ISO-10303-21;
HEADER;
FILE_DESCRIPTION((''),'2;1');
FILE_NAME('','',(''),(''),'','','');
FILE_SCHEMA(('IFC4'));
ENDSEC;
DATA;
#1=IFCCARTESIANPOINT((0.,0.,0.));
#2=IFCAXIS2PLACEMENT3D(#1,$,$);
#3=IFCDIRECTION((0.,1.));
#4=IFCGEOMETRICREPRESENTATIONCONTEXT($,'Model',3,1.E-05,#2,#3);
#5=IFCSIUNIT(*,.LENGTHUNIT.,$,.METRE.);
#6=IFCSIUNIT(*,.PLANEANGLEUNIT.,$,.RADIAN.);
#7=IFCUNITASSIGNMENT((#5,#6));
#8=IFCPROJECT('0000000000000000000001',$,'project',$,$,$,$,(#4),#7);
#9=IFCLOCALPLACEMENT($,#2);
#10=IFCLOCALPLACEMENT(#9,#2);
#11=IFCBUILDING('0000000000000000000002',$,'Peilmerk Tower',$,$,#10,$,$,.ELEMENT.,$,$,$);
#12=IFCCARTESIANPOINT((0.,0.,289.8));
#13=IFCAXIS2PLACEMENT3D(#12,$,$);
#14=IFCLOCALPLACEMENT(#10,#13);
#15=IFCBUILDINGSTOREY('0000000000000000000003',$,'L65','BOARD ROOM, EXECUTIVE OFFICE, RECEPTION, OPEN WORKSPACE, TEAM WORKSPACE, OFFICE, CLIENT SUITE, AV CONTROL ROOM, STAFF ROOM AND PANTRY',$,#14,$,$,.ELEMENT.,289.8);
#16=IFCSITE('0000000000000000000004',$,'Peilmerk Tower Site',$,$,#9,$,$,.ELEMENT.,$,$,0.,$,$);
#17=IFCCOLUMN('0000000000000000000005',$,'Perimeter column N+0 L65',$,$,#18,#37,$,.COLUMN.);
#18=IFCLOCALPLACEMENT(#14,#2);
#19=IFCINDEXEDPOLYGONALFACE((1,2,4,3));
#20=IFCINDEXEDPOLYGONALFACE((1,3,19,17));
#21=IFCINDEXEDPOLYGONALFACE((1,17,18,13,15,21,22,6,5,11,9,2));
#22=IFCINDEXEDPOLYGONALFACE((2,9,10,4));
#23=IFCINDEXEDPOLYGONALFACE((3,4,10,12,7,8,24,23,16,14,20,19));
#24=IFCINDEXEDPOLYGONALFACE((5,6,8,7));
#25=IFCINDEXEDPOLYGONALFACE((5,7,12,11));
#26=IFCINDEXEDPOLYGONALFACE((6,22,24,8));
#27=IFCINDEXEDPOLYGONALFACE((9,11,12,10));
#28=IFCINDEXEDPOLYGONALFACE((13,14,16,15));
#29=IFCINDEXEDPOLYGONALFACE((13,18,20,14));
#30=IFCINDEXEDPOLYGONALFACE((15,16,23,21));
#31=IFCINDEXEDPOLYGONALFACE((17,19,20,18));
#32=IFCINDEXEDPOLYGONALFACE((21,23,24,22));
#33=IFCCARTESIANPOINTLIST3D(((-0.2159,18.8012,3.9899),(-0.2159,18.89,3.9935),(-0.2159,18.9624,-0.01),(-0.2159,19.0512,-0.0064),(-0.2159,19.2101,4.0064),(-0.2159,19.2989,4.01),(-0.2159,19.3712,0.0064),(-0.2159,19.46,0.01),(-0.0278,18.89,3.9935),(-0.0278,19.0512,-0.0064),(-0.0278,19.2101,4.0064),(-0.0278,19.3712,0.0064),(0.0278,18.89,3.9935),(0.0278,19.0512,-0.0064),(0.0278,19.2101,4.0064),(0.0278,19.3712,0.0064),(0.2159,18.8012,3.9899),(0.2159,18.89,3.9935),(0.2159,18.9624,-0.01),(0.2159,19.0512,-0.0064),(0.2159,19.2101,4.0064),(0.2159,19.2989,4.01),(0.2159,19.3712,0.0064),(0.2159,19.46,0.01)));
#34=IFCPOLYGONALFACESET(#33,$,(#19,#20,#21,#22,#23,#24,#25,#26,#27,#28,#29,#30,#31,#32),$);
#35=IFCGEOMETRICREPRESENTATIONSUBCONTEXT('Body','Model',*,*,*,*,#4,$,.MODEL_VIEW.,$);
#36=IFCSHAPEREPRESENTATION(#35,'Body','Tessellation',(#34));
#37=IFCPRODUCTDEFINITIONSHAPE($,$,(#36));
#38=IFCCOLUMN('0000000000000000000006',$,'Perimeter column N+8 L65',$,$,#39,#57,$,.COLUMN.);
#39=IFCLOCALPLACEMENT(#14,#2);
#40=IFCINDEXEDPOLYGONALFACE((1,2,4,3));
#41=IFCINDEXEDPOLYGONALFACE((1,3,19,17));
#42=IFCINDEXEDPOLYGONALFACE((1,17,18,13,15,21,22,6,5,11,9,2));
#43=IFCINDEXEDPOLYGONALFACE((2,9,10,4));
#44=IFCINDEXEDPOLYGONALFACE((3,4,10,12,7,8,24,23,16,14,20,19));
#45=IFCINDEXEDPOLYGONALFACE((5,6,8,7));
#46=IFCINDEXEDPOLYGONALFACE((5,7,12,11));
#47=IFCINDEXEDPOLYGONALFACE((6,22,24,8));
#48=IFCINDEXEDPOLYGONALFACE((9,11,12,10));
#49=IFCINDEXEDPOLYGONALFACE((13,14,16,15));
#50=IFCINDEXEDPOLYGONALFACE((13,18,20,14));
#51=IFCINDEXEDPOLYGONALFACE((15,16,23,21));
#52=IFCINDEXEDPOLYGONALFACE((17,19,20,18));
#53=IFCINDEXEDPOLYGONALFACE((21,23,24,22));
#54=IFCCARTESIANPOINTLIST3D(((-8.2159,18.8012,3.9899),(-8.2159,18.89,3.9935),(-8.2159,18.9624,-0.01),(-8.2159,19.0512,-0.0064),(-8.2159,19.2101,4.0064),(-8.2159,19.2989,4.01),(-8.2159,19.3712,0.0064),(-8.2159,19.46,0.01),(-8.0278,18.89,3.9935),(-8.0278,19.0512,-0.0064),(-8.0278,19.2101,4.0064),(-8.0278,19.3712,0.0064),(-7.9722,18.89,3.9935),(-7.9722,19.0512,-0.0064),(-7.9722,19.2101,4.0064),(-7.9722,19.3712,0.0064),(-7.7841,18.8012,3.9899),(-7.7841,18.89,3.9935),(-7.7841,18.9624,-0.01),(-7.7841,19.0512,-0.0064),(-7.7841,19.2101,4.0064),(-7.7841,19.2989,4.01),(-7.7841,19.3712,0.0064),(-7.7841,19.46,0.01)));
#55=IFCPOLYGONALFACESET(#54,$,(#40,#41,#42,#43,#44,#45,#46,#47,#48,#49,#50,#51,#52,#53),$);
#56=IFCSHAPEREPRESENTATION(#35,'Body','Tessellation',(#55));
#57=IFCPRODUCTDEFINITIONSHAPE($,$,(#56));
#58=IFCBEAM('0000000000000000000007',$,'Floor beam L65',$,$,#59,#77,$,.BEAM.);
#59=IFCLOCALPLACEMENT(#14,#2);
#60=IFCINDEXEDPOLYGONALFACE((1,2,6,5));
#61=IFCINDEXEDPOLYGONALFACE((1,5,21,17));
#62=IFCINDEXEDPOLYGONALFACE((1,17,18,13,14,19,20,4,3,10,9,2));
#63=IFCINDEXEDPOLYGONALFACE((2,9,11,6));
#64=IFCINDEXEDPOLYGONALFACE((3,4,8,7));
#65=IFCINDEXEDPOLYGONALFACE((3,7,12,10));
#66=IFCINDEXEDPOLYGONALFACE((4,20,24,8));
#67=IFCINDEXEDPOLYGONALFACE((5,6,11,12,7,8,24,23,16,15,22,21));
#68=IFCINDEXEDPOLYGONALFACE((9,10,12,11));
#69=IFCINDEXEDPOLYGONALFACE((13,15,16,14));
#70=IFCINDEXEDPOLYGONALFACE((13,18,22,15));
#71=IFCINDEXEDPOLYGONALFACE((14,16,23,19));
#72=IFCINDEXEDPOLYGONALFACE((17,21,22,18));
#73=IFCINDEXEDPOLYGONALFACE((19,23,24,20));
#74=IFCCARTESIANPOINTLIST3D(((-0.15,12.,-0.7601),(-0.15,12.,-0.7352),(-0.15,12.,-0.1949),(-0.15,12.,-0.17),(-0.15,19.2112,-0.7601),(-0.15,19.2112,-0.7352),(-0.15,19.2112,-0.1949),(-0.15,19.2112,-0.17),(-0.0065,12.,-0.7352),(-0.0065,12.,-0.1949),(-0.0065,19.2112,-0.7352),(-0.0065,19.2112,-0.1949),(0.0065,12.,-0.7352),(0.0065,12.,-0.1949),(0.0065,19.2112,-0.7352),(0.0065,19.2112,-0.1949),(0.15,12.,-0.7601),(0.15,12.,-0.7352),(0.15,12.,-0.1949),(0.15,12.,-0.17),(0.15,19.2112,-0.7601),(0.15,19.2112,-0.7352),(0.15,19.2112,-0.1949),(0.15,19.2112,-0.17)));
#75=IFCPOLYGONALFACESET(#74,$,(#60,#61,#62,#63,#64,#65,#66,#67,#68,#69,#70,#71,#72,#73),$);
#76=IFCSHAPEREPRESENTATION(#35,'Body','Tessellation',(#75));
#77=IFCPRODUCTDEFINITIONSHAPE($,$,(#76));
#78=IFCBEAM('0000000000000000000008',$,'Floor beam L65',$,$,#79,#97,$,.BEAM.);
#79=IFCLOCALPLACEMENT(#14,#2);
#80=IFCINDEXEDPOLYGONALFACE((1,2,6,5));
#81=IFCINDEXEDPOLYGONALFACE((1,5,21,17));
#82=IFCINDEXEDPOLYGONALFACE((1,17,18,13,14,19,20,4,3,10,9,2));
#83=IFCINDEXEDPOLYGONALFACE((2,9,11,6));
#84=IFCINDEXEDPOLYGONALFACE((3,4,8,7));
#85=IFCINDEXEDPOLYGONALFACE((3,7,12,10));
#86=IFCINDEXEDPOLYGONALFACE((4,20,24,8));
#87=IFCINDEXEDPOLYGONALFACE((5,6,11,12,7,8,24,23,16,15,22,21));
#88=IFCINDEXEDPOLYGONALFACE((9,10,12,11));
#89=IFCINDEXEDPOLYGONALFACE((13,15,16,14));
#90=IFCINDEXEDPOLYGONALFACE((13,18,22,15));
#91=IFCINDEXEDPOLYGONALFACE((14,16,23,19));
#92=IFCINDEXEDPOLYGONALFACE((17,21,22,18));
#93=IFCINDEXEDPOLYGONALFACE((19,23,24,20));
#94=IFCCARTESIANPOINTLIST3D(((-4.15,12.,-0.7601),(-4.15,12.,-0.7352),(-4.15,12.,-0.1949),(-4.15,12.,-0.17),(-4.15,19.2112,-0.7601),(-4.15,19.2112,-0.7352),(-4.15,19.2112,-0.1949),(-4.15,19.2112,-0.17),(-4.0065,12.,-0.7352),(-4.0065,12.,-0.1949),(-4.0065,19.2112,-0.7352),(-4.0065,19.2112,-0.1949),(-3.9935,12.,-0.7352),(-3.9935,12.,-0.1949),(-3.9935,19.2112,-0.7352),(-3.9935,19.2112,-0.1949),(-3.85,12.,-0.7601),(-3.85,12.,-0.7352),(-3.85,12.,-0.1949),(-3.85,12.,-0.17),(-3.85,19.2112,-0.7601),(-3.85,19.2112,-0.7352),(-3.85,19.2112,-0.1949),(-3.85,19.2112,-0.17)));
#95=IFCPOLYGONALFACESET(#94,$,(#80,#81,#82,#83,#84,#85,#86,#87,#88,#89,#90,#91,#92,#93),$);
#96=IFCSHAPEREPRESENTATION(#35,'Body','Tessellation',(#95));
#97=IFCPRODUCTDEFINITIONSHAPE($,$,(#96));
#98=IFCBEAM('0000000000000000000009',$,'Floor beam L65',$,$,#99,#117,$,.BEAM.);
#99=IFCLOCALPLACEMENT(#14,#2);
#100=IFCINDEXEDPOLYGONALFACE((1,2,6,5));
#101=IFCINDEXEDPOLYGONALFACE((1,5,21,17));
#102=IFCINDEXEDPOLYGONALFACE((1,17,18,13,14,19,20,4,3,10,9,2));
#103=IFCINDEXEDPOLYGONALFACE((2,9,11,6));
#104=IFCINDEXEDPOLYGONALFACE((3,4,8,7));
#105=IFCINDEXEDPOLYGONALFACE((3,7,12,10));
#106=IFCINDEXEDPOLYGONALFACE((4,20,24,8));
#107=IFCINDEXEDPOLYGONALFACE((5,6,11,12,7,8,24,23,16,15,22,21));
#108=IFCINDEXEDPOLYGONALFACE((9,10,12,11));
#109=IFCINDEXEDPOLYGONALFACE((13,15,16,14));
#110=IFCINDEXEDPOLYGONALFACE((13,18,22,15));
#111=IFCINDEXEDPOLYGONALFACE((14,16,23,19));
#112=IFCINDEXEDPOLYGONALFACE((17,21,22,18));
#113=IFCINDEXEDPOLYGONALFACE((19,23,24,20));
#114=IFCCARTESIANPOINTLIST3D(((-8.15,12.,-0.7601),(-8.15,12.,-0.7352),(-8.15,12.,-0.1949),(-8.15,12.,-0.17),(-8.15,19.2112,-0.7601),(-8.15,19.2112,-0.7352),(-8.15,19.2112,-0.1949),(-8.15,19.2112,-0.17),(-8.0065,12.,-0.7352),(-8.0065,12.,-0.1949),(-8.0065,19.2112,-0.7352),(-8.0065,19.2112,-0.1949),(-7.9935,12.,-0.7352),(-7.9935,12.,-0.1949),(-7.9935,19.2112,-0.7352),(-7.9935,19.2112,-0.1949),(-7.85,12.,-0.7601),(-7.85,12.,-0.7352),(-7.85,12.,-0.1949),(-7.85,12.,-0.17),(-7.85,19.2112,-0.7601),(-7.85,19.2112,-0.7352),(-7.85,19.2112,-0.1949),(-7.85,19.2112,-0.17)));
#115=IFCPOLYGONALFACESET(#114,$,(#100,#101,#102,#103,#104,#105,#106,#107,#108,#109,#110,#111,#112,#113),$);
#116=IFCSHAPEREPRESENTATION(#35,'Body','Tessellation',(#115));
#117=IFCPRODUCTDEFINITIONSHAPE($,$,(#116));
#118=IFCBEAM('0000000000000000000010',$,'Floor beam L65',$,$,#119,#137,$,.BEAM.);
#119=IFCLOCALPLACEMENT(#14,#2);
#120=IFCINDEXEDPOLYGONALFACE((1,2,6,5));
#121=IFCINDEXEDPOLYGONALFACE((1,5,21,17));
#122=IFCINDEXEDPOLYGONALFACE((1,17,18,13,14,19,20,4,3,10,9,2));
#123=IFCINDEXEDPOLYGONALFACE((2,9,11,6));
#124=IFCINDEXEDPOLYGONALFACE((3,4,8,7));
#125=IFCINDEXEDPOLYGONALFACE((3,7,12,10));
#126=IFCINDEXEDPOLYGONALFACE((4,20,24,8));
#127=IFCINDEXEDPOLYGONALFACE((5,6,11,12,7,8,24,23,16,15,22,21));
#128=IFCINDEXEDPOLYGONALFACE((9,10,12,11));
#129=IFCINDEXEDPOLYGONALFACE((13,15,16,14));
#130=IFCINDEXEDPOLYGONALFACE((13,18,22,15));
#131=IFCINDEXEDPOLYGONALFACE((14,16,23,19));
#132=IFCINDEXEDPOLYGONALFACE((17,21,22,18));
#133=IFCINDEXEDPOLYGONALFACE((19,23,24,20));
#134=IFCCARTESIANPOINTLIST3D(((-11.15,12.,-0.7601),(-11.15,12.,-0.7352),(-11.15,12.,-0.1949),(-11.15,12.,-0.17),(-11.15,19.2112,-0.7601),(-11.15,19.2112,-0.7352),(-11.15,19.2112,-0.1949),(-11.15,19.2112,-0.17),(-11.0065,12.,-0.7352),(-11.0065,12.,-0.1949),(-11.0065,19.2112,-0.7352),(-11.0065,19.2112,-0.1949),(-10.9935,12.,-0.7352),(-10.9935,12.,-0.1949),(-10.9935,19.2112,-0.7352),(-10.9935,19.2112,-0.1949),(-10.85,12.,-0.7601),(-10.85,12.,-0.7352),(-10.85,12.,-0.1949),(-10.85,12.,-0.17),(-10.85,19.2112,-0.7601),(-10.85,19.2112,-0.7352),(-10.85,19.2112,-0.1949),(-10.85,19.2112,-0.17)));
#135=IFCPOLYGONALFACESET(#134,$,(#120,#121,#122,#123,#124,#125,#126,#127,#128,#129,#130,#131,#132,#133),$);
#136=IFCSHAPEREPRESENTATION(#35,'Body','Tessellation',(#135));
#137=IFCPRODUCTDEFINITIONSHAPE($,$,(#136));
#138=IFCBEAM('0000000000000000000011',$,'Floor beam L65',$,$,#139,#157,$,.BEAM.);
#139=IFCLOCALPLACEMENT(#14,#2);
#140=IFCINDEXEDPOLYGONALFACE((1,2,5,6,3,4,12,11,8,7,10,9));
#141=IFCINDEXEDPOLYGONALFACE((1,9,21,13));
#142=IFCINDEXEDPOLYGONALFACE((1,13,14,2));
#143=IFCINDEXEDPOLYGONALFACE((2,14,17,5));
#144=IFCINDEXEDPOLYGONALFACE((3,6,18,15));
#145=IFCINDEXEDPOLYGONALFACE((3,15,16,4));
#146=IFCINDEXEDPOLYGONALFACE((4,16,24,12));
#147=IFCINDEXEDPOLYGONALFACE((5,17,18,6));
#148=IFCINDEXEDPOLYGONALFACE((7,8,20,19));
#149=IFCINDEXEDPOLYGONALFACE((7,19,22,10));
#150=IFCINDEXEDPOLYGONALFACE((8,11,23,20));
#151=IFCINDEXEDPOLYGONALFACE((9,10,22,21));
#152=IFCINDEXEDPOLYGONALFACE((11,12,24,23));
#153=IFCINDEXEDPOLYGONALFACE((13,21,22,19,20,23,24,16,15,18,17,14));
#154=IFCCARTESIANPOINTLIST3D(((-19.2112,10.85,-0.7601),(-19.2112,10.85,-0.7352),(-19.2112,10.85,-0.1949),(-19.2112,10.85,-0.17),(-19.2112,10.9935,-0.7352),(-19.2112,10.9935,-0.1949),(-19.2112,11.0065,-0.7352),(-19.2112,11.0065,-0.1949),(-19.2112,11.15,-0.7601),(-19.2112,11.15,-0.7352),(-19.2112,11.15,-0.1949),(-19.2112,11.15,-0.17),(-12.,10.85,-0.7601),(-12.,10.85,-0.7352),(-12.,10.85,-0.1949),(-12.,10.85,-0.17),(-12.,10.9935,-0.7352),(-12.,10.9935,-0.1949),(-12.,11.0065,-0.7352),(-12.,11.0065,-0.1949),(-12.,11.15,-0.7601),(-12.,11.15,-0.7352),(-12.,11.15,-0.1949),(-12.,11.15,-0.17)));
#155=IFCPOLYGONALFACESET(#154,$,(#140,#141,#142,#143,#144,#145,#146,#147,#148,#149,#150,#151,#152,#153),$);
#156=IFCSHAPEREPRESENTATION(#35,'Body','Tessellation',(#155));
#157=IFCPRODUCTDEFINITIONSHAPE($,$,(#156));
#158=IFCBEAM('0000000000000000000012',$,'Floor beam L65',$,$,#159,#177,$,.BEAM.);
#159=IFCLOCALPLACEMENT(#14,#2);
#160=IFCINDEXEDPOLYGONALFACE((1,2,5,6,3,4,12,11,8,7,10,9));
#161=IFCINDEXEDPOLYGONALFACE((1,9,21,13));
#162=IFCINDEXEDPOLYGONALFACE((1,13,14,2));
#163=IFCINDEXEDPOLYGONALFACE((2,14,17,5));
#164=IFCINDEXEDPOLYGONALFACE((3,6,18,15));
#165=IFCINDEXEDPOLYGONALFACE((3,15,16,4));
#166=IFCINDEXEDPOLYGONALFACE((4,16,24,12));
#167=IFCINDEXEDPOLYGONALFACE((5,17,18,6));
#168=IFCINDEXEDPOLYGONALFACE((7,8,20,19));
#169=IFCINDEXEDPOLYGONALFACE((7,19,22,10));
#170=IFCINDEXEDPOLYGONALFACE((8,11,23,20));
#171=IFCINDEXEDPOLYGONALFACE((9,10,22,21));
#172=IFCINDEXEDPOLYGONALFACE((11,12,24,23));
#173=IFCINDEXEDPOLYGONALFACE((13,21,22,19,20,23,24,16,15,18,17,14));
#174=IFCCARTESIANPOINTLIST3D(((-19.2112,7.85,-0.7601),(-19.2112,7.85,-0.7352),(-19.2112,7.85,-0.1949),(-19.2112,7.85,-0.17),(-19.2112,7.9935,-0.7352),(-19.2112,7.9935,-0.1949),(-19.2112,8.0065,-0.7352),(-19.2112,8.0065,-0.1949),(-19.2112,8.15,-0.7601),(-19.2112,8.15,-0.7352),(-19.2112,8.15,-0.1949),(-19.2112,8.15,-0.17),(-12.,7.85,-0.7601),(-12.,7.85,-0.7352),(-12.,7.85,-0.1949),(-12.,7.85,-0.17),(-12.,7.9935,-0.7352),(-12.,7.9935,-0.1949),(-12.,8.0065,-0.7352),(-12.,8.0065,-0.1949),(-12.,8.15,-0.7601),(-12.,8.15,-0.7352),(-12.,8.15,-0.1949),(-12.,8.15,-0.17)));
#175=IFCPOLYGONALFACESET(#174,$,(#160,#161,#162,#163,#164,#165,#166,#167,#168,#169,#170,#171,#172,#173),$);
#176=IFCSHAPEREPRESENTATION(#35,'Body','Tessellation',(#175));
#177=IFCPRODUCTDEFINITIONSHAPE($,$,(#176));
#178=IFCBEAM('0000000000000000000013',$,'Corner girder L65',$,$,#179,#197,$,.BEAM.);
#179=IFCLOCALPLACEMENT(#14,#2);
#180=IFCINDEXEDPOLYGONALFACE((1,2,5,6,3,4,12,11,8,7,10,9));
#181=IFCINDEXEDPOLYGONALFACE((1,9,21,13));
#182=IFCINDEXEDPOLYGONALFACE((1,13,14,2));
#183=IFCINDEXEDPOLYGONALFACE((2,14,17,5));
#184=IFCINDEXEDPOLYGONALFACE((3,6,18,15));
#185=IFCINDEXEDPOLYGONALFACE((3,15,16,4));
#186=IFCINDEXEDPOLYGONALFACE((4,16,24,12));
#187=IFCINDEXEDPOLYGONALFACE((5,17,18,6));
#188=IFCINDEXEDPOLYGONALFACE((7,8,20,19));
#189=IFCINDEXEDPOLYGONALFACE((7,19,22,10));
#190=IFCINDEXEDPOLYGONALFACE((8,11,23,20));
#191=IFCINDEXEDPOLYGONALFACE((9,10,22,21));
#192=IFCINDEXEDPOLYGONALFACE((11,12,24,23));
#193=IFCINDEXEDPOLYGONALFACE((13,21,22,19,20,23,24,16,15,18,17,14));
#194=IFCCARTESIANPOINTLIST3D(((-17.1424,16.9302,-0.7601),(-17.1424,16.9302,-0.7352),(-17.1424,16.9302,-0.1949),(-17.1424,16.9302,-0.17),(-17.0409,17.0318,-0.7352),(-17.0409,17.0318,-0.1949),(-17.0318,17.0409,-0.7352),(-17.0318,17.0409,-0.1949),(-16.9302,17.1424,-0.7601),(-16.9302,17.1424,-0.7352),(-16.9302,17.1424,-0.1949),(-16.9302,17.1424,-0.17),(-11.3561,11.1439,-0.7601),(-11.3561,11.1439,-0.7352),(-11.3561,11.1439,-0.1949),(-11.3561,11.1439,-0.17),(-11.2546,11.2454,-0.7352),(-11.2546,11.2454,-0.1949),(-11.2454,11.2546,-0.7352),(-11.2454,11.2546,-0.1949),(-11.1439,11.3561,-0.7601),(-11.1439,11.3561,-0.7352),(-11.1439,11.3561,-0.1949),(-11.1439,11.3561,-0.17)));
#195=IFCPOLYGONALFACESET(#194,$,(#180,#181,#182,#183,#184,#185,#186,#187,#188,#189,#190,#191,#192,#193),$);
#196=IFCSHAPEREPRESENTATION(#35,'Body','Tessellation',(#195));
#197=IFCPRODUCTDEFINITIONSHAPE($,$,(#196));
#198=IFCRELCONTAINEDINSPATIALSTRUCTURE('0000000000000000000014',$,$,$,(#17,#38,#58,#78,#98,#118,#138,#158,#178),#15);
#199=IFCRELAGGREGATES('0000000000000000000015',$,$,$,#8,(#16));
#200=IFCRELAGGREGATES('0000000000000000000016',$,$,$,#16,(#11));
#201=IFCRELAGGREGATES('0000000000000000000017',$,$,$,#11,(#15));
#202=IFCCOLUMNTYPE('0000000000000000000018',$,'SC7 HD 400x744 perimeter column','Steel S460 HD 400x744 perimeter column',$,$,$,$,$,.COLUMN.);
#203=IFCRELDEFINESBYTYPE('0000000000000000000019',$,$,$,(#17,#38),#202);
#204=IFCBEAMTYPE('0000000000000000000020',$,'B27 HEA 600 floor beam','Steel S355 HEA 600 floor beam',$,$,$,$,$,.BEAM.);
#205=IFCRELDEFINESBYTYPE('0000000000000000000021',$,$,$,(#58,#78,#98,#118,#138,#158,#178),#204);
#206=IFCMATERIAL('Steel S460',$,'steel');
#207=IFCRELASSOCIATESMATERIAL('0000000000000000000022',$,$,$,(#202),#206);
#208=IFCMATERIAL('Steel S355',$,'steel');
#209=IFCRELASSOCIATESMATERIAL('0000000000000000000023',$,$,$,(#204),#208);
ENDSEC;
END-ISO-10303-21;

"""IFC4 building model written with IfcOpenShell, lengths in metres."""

from ifc_helpers import new_model, si_unit, direction, frame, origin, origin_2d, place, context, subcontext, project, spatial, i_section, extrude, material, material_profile, profile_set, type_object, element, save


model = new_model("IFC4")

# Units and contexts
model_context = context("Model", 3, precision=1e-05, world=origin(), true_north=direction((0.0, 1.0)))
body_context = subcontext(model_context, "Body", "Model", "MODEL_VIEW")
ifc_project = project(units=[si_unit("LENGTHUNIT", "METRE"), si_unit("PLANEANGLEUNIT", "RADIAN")], contexts=[model_context])

# Site, building, storey
site_placement = place(None, origin())
site = spatial("IfcSite", under=ifc_project, at=site_placement, Name="Peilmerk Tower Site", CompositionType="ELEMENT", RefElevation=0.0)
building_placement = place(site_placement, origin())
building = spatial("IfcBuilding", under=site, at=building_placement, Name="Peilmerk Tower", CompositionType="ELEMENT")
storey_placement = place(building_placement, frame((0.0, 0.0, 289.8)))
storey = spatial("IfcBuildingStorey", under=building, at=storey_placement, Name="L65", Description="BOARD ROOM, EXECUTIVE OFFICE, RECEPTION, OPEN WORKSPACE, TEAM WORKSPACE, OFFICE, CLIENT SUITE, AV CONTROL ROOM, STAFF ROOM AND PANTRY", CompositionType="ELEMENT", Elevation=289.8)

# Columns
ifc_material_1 = material(Name="Steel S460", Category="steel")
ifc_material_profile_1 = material_profile(ifc_material_1, i_section(OverallWidth=0.4319, OverallDepth=0.498, WebThickness=0.0557, FlangeThickness=0.0889, at=origin_2d()), Name="HD 400x744")
ifc_profile_set_1 = profile_set([ifc_material_profile_1], Name="Steel S460")
column_type = type_object("IfcColumnType", Name="SC7 HD 400x744 perimeter column", Description="Steel S460 HD 400x744 perimeter column", PredefinedType="COLUMN", material=ifc_profile_set_1)
for number, where, z_axis, x_axis, name in (
    (1, (0.0, 19.2112, 0.0), (0.0, -0.040251, 0.99919), (1.0, 0.0, 0.0), "Perimeter column N+0 L65"),
    (2, (-8.0, 19.2112, 0.0), (0.0, -0.040251, 0.99919), (1.0, 0.0, 0.0), "Perimeter column N+8 L65"),
):
    element("IfcColumn", number, at=place(storey_placement, frame(where, z_axis=z_axis, x_axis=x_axis)), inside=storey, type_object=column_type, Name=name, PredefinedType="COLUMN", context=body_context, shape_type="SweptSolid", body=[
        extrude(i_section(OverallWidth=0.4319, OverallDepth=0.498, WebThickness=0.0557, FlangeThickness=0.0889, at=origin_2d()), origin(), (0.0, 0.0, 1.0), 4.0032),
    ])

# Beams
ifc_material_2 = material(Name="Steel S355", Category="steel")
ifc_material_profile_2 = material_profile(ifc_material_2, i_section(OverallWidth=0.3, OverallDepth=0.5901, WebThickness=0.0129, FlangeThickness=0.0249, at=origin_2d()), Name="HEA 600")
ifc_profile_set_2 = profile_set([ifc_material_profile_2], Name="Steel S355")
beam_type_1 = type_object("IfcBeamType", Name="B27 HEA 600 floor beam", Description="Steel S355 HEA 600 floor beam", PredefinedType="BEAM", material=ifc_profile_set_2)
for number, where, z_axis, x_axis, name in (
    (3, (0.0, 12.0, -0.4651), (0.0, 1.0, 0.0), (-1.0, 0.0, 0.0), "Floor beam L65"),
    (4, (-4.0, 12.0, -0.4651), (0.0, 1.0, 0.0), (-1.0, 0.0, 0.0), "Floor beam L65"),
    (5, (-8.0, 12.0, -0.4651), (0.0, 1.0, 0.0), (-1.0, 0.0, 0.0), "Floor beam L65"),
    (6, (-11.0, 12.0, -0.4651), (0.0, 1.0, 0.0), (-1.0, 0.0, 0.0), "Floor beam L65"),
    (7, (-12.0, 11.0, -0.4651), (-1.0, 0.0, 0.0), (0.0, -1.0, 0.0), "Floor beam L65"),
    (8, (-12.0, 8.0, -0.4651), (-1.0, 0.0, 0.0), (0.0, -1.0, 0.0), "Floor beam L65"),
):
    element("IfcBeam", number, at=place(storey_placement, frame(where, z_axis=z_axis, x_axis=x_axis)), inside=storey, type_object=beam_type_1, Name=name, PredefinedType="BEAM", context=body_context, shape_type="SweptSolid", body=[
        extrude(i_section(OverallWidth=0.3, OverallDepth=0.5901, WebThickness=0.0129, FlangeThickness=0.0249, at=origin_2d()), origin(), (0.0, 0.0, 1.0), 7.2112),
    ])
beam_1_placement = place(storey_placement, frame((-11.25, 11.25, -0.4651), z_axis=(-0.707107, 0.707107, 0.0), x_axis=(-0.707107, -0.707107, 0.0)))
element("IfcBeam", 9, at=beam_1_placement, inside=storey, type_object=beam_type_1, Name="Corner girder L65", PredefinedType="BEAM", context=body_context, shape_type="SweptSolid", body=[
    extrude(i_section(OverallWidth=0.3, OverallDepth=0.5901, WebThickness=0.0129, FlangeThickness=0.0249, at=origin_2d()), origin(), (0.0, 0.0, 1.0), 8.1831),
])

save(model, "model.ifc")
